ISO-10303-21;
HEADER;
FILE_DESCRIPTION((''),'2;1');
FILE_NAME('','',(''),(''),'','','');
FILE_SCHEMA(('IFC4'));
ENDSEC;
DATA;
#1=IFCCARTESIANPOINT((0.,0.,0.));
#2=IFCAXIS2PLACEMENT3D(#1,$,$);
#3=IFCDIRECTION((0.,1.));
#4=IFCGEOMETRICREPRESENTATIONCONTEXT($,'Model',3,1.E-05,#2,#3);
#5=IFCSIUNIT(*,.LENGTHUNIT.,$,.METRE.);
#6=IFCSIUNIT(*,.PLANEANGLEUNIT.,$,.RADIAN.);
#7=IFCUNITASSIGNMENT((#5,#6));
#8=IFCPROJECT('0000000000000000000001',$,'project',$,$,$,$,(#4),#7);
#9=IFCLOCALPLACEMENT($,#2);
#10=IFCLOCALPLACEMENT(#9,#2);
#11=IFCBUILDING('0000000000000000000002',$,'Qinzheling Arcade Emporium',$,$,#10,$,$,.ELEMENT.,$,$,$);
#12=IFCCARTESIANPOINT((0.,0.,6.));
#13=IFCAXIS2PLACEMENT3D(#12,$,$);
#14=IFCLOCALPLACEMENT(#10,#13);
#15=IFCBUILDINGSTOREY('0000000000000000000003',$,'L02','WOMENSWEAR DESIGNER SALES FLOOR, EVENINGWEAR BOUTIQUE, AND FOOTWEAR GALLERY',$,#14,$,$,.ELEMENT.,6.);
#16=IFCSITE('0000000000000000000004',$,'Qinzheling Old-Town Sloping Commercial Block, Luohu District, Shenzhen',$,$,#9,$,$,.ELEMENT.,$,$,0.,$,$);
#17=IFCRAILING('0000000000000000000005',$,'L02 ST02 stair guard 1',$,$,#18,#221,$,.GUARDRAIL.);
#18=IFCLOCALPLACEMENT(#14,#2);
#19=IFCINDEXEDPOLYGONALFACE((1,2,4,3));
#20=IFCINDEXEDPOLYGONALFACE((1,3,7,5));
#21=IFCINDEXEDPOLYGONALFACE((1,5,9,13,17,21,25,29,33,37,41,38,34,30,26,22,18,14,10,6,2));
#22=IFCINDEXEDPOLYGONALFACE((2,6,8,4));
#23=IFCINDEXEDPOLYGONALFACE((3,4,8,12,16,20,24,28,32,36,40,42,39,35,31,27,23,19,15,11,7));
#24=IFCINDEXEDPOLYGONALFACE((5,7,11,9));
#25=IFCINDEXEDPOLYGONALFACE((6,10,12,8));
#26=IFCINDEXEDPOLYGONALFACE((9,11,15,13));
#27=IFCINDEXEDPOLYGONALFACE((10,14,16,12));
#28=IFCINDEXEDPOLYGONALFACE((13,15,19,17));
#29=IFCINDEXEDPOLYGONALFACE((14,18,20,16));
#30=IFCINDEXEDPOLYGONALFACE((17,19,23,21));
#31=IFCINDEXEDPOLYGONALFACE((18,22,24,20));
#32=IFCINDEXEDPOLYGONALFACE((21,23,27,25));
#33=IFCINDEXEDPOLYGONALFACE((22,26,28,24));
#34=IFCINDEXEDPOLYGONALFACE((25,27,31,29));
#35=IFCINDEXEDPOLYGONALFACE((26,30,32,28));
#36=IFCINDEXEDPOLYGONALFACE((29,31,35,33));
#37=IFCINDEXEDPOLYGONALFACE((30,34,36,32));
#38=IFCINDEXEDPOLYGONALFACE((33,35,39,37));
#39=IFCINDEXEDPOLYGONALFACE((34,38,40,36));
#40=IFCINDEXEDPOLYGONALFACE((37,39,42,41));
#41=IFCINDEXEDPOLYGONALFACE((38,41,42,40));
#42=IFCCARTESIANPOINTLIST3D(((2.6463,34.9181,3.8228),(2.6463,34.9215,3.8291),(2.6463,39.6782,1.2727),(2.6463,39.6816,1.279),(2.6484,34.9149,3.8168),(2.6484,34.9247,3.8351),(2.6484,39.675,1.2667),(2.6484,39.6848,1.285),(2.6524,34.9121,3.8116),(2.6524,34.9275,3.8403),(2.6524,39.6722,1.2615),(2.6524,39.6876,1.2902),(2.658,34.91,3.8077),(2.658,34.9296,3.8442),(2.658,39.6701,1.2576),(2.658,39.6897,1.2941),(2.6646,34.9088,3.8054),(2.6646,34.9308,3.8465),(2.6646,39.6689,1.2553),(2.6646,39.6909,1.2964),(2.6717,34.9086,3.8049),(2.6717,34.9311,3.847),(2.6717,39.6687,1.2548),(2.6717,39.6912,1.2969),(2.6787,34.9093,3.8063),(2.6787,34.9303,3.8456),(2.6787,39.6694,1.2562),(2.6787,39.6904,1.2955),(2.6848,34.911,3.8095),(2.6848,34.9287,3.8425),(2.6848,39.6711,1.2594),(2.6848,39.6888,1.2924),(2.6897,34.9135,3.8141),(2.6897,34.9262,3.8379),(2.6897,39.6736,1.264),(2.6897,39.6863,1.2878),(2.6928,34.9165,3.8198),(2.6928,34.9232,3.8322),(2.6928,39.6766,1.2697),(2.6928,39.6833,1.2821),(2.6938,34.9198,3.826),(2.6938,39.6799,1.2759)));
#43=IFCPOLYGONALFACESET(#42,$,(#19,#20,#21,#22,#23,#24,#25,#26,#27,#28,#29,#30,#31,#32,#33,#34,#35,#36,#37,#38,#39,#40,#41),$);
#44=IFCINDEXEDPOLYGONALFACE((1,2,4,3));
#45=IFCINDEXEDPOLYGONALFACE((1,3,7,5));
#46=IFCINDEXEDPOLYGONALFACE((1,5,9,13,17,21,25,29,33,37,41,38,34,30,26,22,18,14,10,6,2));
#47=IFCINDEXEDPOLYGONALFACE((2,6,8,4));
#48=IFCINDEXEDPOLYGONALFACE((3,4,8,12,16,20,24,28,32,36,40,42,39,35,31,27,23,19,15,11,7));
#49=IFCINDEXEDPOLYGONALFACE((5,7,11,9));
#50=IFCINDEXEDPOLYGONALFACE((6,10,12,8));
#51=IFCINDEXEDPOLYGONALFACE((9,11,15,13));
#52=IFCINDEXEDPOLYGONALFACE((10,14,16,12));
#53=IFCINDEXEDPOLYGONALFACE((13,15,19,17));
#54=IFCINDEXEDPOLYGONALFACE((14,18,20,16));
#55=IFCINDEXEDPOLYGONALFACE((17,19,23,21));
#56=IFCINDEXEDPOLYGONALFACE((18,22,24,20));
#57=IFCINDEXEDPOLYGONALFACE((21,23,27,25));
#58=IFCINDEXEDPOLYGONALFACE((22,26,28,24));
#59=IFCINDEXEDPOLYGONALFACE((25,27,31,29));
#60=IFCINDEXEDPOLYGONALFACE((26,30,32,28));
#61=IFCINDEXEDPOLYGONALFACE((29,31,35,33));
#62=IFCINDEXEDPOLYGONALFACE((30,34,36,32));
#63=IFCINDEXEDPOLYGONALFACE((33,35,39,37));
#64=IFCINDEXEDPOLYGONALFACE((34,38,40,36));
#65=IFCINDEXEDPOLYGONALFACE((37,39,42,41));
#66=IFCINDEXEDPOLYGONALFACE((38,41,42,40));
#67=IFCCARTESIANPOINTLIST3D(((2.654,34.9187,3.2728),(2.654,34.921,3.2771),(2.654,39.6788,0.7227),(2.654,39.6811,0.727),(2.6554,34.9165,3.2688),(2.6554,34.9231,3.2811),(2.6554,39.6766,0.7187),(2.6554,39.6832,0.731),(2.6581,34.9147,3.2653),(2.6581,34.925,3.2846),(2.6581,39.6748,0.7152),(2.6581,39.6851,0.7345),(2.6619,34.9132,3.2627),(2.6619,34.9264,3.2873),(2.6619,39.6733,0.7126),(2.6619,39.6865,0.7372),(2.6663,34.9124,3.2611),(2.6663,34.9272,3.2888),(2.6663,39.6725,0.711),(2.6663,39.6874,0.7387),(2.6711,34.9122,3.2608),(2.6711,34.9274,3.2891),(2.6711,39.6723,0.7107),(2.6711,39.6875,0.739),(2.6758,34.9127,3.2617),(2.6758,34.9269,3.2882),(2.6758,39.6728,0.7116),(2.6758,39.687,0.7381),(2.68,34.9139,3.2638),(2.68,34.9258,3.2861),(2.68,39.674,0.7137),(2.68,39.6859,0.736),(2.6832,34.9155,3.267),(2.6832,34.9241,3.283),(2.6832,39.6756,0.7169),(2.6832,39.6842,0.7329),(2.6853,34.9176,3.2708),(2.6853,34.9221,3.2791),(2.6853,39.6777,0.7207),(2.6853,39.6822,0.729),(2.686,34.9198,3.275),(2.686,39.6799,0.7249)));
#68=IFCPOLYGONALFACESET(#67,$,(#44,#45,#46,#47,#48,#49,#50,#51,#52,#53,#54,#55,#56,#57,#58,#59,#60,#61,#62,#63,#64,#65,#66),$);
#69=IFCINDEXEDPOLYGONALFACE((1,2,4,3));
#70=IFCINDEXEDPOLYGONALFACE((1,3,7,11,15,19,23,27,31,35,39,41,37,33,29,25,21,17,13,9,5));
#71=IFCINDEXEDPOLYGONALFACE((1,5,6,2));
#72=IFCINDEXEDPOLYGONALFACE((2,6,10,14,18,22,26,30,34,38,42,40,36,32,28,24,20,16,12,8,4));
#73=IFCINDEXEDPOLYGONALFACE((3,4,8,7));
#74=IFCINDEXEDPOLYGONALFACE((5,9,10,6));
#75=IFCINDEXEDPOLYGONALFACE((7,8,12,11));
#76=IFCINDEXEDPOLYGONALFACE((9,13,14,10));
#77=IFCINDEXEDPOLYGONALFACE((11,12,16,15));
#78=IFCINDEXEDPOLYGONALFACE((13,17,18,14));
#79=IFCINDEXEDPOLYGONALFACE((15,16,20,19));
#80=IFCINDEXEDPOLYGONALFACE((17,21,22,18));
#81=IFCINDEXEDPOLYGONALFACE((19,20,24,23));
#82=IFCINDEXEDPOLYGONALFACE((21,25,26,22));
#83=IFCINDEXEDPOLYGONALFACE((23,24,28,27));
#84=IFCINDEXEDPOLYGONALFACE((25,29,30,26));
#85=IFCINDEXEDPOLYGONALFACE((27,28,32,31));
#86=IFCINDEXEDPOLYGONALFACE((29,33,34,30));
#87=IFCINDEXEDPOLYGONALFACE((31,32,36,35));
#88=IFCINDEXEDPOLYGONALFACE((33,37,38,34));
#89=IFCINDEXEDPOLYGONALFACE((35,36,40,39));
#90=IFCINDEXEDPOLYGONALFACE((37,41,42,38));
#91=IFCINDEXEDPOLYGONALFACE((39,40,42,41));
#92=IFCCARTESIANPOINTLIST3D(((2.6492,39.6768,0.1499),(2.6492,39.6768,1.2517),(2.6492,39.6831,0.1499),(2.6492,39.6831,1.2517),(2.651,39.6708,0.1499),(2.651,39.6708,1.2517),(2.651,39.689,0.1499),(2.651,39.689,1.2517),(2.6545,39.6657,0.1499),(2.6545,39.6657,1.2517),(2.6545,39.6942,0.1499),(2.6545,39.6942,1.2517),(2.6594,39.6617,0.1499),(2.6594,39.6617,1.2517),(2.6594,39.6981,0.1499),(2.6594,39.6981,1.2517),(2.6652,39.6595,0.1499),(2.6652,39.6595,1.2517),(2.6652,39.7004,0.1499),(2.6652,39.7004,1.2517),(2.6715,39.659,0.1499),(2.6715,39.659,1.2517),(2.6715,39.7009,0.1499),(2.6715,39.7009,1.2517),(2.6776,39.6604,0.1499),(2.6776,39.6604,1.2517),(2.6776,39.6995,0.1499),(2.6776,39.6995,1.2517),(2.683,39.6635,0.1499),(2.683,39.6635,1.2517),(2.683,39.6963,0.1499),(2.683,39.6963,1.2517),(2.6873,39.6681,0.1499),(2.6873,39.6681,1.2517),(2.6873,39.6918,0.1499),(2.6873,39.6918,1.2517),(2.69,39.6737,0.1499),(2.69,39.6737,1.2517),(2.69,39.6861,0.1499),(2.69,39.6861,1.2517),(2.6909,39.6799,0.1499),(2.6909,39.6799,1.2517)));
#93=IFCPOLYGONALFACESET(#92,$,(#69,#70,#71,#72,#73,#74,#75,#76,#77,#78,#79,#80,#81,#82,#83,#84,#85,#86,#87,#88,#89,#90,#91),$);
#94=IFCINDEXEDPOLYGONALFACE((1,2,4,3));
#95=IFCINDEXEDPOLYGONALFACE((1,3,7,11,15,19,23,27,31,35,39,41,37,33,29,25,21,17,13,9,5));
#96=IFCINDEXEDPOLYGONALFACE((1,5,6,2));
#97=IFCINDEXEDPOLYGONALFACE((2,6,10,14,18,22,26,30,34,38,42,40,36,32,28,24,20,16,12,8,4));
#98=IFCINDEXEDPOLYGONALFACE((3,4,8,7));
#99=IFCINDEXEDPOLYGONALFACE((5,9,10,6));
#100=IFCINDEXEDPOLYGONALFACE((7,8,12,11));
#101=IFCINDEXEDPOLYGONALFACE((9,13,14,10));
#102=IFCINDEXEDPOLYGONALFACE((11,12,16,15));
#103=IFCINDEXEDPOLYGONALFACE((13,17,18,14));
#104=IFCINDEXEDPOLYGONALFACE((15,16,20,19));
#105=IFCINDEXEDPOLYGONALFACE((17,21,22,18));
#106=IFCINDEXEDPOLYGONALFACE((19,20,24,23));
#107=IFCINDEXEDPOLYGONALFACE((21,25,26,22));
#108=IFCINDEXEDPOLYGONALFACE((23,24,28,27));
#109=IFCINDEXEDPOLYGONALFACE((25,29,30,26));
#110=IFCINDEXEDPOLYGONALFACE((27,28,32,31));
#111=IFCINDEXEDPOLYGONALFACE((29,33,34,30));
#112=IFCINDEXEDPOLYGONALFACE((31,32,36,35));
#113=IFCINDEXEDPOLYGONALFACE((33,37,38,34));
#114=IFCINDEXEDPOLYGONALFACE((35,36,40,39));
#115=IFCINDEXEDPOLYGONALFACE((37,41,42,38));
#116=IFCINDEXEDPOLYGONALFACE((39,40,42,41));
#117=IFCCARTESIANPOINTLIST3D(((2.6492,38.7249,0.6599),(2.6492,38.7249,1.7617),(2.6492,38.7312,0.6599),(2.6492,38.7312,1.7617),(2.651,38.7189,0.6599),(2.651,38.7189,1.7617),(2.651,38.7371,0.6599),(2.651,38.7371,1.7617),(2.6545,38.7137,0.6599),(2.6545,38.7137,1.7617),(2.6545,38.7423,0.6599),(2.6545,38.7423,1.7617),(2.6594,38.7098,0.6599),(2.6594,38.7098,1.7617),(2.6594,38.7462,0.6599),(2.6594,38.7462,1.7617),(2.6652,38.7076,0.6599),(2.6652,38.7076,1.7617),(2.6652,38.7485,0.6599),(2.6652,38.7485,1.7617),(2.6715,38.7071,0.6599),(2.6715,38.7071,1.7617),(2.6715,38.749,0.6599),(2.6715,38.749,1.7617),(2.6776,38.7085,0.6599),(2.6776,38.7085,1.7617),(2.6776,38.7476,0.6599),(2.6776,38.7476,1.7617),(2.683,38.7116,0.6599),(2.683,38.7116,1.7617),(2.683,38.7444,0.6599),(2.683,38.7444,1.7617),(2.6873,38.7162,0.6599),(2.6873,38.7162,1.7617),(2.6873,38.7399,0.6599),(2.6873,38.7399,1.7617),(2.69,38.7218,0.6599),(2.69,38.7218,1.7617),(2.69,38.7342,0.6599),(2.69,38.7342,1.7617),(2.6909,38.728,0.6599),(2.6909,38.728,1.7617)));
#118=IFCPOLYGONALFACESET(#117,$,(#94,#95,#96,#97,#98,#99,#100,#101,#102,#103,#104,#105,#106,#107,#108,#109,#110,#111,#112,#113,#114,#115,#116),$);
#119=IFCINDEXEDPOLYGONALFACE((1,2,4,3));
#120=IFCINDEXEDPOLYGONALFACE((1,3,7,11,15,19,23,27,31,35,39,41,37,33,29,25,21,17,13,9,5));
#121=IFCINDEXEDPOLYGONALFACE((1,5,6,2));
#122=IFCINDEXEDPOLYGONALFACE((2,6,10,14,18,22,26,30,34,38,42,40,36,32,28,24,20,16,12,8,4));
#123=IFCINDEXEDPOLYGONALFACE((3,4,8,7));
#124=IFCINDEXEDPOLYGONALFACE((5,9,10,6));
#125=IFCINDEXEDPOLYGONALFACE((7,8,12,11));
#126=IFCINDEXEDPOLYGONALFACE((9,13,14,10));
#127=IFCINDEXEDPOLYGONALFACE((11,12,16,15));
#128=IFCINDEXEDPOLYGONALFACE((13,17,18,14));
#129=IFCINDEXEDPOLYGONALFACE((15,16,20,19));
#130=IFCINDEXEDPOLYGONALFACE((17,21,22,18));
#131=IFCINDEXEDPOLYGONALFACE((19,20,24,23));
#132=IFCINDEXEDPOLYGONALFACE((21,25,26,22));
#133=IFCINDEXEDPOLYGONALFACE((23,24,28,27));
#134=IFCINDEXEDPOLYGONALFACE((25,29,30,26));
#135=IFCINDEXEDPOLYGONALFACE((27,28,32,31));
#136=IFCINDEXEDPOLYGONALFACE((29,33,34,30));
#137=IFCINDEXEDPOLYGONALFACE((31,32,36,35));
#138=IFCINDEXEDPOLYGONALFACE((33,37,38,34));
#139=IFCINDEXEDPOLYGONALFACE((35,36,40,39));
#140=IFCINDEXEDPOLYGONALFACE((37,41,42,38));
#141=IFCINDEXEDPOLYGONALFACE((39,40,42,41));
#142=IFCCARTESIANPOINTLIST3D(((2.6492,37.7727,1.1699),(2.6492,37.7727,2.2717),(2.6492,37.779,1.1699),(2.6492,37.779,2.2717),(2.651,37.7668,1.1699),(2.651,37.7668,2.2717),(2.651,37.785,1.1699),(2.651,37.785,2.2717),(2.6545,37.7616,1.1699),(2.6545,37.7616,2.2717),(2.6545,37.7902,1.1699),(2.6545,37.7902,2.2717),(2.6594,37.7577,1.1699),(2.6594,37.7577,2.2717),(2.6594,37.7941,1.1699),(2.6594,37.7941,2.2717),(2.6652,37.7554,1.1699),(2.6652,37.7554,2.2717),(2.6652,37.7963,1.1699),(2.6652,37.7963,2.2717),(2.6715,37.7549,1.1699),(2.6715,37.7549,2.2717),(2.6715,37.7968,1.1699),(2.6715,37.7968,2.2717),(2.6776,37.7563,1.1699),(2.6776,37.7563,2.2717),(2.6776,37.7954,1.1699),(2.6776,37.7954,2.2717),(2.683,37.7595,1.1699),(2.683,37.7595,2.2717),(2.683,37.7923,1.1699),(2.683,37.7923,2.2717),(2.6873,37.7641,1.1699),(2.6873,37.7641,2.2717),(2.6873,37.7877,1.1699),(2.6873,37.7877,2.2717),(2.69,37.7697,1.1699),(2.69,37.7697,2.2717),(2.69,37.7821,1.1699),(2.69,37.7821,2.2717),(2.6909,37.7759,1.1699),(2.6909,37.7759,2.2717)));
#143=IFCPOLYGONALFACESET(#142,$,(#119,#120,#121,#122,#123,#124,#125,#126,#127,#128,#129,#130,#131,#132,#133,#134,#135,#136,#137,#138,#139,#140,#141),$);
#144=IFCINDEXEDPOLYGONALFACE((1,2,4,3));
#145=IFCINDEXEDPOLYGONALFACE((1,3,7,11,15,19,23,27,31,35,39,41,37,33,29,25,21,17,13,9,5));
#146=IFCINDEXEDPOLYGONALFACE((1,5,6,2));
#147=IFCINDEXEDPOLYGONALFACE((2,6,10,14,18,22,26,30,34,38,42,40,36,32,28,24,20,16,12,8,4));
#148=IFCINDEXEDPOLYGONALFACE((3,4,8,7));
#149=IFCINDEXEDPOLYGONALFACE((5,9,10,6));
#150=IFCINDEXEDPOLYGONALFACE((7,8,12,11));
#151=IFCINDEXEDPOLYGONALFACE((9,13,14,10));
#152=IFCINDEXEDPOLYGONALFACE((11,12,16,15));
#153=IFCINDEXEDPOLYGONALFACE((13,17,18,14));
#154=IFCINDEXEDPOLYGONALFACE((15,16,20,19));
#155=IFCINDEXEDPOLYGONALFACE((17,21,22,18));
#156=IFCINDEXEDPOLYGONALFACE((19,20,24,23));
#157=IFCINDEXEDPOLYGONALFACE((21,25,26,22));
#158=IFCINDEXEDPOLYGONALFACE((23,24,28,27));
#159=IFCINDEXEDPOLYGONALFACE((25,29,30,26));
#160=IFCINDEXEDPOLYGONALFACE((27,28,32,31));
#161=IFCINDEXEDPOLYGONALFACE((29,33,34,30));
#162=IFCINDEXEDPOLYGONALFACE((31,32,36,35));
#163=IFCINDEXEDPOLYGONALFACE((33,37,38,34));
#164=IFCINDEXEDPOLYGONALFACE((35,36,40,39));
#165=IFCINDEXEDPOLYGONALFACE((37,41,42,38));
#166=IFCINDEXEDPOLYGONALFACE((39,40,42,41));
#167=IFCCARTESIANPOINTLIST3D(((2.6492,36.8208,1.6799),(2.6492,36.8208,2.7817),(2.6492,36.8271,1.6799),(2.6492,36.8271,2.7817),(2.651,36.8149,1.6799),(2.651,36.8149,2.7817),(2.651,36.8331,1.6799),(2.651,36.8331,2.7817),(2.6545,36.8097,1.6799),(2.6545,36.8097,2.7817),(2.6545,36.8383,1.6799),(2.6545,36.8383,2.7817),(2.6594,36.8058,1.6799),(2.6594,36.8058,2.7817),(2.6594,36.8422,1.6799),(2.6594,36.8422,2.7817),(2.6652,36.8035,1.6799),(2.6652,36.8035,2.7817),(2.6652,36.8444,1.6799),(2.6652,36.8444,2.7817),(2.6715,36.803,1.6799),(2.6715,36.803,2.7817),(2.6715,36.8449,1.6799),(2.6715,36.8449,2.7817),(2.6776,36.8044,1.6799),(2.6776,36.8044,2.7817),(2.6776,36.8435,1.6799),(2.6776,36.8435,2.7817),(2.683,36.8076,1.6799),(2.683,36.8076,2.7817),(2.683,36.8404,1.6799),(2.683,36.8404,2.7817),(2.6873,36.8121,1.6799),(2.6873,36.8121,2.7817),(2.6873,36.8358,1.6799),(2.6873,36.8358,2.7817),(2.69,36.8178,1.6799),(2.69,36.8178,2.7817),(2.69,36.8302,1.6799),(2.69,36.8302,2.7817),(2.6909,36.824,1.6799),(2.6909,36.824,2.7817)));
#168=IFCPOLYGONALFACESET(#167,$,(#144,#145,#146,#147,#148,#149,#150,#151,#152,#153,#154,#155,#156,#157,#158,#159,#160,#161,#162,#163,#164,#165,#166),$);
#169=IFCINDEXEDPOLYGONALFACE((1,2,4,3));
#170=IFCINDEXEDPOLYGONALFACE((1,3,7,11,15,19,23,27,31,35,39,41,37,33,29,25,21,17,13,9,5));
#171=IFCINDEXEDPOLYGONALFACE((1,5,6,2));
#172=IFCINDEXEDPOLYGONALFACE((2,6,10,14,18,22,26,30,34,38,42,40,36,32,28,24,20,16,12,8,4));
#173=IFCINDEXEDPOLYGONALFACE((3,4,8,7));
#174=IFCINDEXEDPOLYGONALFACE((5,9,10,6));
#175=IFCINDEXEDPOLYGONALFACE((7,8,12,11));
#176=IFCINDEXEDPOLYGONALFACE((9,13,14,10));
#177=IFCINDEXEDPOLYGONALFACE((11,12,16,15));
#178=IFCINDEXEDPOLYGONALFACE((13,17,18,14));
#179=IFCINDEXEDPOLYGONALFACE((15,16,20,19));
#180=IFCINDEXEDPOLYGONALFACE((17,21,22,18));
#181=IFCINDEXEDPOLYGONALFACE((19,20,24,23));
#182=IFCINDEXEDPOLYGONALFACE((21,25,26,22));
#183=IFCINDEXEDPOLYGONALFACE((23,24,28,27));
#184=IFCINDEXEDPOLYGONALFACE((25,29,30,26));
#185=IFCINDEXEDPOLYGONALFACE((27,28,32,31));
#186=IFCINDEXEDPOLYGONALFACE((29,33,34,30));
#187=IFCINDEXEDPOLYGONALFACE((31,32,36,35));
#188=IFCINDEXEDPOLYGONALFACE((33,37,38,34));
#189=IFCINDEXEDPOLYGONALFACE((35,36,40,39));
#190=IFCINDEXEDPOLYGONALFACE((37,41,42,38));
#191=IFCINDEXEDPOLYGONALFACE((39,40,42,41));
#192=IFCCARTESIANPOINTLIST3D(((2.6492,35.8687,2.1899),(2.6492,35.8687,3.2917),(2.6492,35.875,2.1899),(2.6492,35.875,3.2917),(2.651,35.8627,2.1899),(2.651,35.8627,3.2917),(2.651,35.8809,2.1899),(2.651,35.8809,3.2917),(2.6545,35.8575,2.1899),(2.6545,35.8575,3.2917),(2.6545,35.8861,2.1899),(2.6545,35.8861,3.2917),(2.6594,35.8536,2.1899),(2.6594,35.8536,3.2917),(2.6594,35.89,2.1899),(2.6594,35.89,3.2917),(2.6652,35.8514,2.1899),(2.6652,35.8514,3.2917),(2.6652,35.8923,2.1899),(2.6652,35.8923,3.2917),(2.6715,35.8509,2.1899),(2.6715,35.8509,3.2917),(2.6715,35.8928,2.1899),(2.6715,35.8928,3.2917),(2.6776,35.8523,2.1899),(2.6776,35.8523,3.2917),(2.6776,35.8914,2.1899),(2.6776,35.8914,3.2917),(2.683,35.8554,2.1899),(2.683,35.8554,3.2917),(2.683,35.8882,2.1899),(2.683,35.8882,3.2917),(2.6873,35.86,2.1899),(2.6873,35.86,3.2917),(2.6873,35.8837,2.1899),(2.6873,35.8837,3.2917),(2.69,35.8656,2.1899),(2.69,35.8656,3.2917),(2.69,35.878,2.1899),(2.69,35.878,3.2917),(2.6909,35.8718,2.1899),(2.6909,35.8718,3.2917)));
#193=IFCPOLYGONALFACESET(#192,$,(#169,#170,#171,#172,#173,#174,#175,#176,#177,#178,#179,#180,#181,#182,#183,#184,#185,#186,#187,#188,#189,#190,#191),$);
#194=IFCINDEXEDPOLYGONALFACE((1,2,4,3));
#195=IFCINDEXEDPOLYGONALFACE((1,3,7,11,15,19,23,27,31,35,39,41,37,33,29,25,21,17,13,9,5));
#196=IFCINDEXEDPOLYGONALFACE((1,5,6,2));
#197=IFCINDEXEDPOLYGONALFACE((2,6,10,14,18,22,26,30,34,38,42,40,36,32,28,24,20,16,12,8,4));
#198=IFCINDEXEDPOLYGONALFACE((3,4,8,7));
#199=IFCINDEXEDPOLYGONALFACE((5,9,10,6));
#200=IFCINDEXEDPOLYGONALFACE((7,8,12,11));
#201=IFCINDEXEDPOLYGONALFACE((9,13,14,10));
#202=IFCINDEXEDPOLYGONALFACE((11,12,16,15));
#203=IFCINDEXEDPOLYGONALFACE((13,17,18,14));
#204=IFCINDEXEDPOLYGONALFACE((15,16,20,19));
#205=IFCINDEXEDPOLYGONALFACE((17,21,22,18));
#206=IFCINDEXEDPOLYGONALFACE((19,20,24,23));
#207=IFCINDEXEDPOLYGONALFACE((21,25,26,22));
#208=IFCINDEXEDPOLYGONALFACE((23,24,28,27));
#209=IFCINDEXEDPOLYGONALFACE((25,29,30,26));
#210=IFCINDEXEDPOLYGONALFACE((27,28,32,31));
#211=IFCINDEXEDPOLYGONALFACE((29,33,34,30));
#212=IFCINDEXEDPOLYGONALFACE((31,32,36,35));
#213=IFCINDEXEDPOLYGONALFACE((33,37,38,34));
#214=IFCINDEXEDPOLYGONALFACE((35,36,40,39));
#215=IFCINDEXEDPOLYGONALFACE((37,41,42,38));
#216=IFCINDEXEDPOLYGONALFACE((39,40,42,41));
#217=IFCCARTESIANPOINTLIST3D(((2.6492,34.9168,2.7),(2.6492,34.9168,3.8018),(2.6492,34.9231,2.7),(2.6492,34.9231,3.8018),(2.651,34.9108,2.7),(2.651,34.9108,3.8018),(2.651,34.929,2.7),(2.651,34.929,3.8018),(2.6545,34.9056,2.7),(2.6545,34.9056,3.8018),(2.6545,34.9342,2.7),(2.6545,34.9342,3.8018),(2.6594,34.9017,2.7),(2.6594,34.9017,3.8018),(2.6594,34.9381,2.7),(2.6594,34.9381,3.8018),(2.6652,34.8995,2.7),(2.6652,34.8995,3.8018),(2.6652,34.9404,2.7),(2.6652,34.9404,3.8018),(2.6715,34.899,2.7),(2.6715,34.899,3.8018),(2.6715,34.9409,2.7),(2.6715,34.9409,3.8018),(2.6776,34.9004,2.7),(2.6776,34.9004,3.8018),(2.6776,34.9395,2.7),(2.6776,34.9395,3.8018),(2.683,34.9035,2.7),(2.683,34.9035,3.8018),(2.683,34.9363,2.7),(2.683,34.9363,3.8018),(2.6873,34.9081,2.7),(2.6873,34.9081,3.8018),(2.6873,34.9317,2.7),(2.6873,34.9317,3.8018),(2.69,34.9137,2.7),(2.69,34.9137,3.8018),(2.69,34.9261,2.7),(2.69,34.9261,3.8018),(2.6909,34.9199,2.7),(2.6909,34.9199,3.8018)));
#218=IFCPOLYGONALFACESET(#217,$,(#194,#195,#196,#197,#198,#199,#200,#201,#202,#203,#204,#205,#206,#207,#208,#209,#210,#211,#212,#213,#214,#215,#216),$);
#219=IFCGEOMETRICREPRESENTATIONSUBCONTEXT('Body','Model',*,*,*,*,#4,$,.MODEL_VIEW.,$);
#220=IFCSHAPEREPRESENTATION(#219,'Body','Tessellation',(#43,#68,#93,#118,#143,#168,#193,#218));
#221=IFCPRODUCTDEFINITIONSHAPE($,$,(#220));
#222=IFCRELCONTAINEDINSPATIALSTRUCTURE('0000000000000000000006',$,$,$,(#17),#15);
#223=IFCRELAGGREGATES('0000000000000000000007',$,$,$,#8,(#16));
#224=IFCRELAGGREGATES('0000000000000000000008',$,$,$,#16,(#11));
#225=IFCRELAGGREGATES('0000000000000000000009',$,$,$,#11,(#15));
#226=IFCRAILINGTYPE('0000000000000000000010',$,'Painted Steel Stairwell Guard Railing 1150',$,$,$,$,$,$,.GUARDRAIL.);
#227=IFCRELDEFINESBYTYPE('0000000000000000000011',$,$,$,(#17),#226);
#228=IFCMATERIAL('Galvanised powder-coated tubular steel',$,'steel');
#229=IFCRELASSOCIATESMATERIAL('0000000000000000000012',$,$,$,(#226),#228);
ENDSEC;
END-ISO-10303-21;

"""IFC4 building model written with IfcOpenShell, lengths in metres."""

from ifc_helpers import new_model, si_unit, direction, frame, origin, origin_2d, place, context, subcontext, project, spatial, circle, extrude, material, type_object, element, save


model = new_model("IFC4")

# Units and contexts
model_context = context("Model", 3, precision=1e-05, world=origin(), true_north=direction((0.0, 1.0)))
body_context = subcontext(model_context, "Body", "Model", "MODEL_VIEW")
ifc_project = project(units=[si_unit("LENGTHUNIT", "METRE"), si_unit("PLANEANGLEUNIT", "RADIAN")], contexts=[model_context])

# Site, building, storey
site_placement = place(None, origin())
site = spatial("IfcSite", under=ifc_project, at=site_placement, Name="Qinzheling Old-Town Sloping Commercial Block, Luohu District, Shenzhen", CompositionType="ELEMENT", RefElevation=0.0)
building_placement = place(site_placement, origin())
building = spatial("IfcBuilding", under=site, at=building_placement, Name="Qinzheling Arcade Emporium", CompositionType="ELEMENT")
storey_placement = place(building_placement, frame((0.0, 0.0, 6.0)))
storey = spatial("IfcBuildingStorey", under=building, at=storey_placement, Name="L02", Description="WOMENSWEAR DESIGNER SALES FLOOR, EVENINGWEAR BOUTIQUE, AND FOOTWEAR GALLERY", CompositionType="ELEMENT", Elevation=6.0)

# Railing
ifc_material_1 = material(Name="Galvanised powder-coated tubular steel", Category="steel")
railing_type_1 = type_object("IfcRailingType", Name="Painted Steel Stairwell Guard Railing 1150", PredefinedType="GUARDRAIL", material=ifc_material_1)
railing_1_placement = place(storey_placement, frame((2.6699, 39.6799, 0.1499)))
element("IfcRailing", 1, at=railing_1_placement, inside=storey, type_object=railing_type_1, Name="L02 ST02 stair guard 1", PredefinedType="GUARDRAIL", context=body_context, shape_type="SweptSolid", body=[
    extrude(circle(Radius=0.0239, at=origin_2d()), frame((0.0, 0.0, 1.126), z_axis=(0.0, -0.881477, 0.472228), x_axis=(1.0, 0.0, 0.0)), (0.0, 0.0, 1.0), 5.4001),
    extrude(circle(Radius=0.0161, at=origin_2d()), frame((0.0, 0.0, 0.575), z_axis=(0.0, -0.881477, 0.472228), x_axis=(1.0, 0.0, 0.0)), (0.0, 0.0, 1.0), 5.4001),
    extrude(circle(Radius=0.021, at=origin_2d()), origin(), (0.0, 0.0, 1.0), 1.1018),
    extrude(circle(Radius=0.021, at=origin_2d()), frame((0.0, -0.9519, 0.51)), (0.0, 0.0, 1.0), 1.1018),
    extrude(circle(Radius=0.021, at=origin_2d()), frame((0.0, -1.9041, 1.02)), (0.0, 0.0, 1.0), 1.1018),
    extrude(circle(Radius=0.021, at=origin_2d()), frame((0.0, -2.856, 1.53)), (0.0, 0.0, 1.0), 1.1018),
    extrude(circle(Radius=0.021, at=origin_2d()), frame((0.0, -3.8081, 2.04)), (0.0, 0.0, 1.0), 1.1018),
    extrude(circle(Radius=0.021, at=origin_2d()), frame((0.0, -4.76, 2.55)), (0.0, 0.0, 1.0), 1.1018),
])

save(model, "model.ifc")
